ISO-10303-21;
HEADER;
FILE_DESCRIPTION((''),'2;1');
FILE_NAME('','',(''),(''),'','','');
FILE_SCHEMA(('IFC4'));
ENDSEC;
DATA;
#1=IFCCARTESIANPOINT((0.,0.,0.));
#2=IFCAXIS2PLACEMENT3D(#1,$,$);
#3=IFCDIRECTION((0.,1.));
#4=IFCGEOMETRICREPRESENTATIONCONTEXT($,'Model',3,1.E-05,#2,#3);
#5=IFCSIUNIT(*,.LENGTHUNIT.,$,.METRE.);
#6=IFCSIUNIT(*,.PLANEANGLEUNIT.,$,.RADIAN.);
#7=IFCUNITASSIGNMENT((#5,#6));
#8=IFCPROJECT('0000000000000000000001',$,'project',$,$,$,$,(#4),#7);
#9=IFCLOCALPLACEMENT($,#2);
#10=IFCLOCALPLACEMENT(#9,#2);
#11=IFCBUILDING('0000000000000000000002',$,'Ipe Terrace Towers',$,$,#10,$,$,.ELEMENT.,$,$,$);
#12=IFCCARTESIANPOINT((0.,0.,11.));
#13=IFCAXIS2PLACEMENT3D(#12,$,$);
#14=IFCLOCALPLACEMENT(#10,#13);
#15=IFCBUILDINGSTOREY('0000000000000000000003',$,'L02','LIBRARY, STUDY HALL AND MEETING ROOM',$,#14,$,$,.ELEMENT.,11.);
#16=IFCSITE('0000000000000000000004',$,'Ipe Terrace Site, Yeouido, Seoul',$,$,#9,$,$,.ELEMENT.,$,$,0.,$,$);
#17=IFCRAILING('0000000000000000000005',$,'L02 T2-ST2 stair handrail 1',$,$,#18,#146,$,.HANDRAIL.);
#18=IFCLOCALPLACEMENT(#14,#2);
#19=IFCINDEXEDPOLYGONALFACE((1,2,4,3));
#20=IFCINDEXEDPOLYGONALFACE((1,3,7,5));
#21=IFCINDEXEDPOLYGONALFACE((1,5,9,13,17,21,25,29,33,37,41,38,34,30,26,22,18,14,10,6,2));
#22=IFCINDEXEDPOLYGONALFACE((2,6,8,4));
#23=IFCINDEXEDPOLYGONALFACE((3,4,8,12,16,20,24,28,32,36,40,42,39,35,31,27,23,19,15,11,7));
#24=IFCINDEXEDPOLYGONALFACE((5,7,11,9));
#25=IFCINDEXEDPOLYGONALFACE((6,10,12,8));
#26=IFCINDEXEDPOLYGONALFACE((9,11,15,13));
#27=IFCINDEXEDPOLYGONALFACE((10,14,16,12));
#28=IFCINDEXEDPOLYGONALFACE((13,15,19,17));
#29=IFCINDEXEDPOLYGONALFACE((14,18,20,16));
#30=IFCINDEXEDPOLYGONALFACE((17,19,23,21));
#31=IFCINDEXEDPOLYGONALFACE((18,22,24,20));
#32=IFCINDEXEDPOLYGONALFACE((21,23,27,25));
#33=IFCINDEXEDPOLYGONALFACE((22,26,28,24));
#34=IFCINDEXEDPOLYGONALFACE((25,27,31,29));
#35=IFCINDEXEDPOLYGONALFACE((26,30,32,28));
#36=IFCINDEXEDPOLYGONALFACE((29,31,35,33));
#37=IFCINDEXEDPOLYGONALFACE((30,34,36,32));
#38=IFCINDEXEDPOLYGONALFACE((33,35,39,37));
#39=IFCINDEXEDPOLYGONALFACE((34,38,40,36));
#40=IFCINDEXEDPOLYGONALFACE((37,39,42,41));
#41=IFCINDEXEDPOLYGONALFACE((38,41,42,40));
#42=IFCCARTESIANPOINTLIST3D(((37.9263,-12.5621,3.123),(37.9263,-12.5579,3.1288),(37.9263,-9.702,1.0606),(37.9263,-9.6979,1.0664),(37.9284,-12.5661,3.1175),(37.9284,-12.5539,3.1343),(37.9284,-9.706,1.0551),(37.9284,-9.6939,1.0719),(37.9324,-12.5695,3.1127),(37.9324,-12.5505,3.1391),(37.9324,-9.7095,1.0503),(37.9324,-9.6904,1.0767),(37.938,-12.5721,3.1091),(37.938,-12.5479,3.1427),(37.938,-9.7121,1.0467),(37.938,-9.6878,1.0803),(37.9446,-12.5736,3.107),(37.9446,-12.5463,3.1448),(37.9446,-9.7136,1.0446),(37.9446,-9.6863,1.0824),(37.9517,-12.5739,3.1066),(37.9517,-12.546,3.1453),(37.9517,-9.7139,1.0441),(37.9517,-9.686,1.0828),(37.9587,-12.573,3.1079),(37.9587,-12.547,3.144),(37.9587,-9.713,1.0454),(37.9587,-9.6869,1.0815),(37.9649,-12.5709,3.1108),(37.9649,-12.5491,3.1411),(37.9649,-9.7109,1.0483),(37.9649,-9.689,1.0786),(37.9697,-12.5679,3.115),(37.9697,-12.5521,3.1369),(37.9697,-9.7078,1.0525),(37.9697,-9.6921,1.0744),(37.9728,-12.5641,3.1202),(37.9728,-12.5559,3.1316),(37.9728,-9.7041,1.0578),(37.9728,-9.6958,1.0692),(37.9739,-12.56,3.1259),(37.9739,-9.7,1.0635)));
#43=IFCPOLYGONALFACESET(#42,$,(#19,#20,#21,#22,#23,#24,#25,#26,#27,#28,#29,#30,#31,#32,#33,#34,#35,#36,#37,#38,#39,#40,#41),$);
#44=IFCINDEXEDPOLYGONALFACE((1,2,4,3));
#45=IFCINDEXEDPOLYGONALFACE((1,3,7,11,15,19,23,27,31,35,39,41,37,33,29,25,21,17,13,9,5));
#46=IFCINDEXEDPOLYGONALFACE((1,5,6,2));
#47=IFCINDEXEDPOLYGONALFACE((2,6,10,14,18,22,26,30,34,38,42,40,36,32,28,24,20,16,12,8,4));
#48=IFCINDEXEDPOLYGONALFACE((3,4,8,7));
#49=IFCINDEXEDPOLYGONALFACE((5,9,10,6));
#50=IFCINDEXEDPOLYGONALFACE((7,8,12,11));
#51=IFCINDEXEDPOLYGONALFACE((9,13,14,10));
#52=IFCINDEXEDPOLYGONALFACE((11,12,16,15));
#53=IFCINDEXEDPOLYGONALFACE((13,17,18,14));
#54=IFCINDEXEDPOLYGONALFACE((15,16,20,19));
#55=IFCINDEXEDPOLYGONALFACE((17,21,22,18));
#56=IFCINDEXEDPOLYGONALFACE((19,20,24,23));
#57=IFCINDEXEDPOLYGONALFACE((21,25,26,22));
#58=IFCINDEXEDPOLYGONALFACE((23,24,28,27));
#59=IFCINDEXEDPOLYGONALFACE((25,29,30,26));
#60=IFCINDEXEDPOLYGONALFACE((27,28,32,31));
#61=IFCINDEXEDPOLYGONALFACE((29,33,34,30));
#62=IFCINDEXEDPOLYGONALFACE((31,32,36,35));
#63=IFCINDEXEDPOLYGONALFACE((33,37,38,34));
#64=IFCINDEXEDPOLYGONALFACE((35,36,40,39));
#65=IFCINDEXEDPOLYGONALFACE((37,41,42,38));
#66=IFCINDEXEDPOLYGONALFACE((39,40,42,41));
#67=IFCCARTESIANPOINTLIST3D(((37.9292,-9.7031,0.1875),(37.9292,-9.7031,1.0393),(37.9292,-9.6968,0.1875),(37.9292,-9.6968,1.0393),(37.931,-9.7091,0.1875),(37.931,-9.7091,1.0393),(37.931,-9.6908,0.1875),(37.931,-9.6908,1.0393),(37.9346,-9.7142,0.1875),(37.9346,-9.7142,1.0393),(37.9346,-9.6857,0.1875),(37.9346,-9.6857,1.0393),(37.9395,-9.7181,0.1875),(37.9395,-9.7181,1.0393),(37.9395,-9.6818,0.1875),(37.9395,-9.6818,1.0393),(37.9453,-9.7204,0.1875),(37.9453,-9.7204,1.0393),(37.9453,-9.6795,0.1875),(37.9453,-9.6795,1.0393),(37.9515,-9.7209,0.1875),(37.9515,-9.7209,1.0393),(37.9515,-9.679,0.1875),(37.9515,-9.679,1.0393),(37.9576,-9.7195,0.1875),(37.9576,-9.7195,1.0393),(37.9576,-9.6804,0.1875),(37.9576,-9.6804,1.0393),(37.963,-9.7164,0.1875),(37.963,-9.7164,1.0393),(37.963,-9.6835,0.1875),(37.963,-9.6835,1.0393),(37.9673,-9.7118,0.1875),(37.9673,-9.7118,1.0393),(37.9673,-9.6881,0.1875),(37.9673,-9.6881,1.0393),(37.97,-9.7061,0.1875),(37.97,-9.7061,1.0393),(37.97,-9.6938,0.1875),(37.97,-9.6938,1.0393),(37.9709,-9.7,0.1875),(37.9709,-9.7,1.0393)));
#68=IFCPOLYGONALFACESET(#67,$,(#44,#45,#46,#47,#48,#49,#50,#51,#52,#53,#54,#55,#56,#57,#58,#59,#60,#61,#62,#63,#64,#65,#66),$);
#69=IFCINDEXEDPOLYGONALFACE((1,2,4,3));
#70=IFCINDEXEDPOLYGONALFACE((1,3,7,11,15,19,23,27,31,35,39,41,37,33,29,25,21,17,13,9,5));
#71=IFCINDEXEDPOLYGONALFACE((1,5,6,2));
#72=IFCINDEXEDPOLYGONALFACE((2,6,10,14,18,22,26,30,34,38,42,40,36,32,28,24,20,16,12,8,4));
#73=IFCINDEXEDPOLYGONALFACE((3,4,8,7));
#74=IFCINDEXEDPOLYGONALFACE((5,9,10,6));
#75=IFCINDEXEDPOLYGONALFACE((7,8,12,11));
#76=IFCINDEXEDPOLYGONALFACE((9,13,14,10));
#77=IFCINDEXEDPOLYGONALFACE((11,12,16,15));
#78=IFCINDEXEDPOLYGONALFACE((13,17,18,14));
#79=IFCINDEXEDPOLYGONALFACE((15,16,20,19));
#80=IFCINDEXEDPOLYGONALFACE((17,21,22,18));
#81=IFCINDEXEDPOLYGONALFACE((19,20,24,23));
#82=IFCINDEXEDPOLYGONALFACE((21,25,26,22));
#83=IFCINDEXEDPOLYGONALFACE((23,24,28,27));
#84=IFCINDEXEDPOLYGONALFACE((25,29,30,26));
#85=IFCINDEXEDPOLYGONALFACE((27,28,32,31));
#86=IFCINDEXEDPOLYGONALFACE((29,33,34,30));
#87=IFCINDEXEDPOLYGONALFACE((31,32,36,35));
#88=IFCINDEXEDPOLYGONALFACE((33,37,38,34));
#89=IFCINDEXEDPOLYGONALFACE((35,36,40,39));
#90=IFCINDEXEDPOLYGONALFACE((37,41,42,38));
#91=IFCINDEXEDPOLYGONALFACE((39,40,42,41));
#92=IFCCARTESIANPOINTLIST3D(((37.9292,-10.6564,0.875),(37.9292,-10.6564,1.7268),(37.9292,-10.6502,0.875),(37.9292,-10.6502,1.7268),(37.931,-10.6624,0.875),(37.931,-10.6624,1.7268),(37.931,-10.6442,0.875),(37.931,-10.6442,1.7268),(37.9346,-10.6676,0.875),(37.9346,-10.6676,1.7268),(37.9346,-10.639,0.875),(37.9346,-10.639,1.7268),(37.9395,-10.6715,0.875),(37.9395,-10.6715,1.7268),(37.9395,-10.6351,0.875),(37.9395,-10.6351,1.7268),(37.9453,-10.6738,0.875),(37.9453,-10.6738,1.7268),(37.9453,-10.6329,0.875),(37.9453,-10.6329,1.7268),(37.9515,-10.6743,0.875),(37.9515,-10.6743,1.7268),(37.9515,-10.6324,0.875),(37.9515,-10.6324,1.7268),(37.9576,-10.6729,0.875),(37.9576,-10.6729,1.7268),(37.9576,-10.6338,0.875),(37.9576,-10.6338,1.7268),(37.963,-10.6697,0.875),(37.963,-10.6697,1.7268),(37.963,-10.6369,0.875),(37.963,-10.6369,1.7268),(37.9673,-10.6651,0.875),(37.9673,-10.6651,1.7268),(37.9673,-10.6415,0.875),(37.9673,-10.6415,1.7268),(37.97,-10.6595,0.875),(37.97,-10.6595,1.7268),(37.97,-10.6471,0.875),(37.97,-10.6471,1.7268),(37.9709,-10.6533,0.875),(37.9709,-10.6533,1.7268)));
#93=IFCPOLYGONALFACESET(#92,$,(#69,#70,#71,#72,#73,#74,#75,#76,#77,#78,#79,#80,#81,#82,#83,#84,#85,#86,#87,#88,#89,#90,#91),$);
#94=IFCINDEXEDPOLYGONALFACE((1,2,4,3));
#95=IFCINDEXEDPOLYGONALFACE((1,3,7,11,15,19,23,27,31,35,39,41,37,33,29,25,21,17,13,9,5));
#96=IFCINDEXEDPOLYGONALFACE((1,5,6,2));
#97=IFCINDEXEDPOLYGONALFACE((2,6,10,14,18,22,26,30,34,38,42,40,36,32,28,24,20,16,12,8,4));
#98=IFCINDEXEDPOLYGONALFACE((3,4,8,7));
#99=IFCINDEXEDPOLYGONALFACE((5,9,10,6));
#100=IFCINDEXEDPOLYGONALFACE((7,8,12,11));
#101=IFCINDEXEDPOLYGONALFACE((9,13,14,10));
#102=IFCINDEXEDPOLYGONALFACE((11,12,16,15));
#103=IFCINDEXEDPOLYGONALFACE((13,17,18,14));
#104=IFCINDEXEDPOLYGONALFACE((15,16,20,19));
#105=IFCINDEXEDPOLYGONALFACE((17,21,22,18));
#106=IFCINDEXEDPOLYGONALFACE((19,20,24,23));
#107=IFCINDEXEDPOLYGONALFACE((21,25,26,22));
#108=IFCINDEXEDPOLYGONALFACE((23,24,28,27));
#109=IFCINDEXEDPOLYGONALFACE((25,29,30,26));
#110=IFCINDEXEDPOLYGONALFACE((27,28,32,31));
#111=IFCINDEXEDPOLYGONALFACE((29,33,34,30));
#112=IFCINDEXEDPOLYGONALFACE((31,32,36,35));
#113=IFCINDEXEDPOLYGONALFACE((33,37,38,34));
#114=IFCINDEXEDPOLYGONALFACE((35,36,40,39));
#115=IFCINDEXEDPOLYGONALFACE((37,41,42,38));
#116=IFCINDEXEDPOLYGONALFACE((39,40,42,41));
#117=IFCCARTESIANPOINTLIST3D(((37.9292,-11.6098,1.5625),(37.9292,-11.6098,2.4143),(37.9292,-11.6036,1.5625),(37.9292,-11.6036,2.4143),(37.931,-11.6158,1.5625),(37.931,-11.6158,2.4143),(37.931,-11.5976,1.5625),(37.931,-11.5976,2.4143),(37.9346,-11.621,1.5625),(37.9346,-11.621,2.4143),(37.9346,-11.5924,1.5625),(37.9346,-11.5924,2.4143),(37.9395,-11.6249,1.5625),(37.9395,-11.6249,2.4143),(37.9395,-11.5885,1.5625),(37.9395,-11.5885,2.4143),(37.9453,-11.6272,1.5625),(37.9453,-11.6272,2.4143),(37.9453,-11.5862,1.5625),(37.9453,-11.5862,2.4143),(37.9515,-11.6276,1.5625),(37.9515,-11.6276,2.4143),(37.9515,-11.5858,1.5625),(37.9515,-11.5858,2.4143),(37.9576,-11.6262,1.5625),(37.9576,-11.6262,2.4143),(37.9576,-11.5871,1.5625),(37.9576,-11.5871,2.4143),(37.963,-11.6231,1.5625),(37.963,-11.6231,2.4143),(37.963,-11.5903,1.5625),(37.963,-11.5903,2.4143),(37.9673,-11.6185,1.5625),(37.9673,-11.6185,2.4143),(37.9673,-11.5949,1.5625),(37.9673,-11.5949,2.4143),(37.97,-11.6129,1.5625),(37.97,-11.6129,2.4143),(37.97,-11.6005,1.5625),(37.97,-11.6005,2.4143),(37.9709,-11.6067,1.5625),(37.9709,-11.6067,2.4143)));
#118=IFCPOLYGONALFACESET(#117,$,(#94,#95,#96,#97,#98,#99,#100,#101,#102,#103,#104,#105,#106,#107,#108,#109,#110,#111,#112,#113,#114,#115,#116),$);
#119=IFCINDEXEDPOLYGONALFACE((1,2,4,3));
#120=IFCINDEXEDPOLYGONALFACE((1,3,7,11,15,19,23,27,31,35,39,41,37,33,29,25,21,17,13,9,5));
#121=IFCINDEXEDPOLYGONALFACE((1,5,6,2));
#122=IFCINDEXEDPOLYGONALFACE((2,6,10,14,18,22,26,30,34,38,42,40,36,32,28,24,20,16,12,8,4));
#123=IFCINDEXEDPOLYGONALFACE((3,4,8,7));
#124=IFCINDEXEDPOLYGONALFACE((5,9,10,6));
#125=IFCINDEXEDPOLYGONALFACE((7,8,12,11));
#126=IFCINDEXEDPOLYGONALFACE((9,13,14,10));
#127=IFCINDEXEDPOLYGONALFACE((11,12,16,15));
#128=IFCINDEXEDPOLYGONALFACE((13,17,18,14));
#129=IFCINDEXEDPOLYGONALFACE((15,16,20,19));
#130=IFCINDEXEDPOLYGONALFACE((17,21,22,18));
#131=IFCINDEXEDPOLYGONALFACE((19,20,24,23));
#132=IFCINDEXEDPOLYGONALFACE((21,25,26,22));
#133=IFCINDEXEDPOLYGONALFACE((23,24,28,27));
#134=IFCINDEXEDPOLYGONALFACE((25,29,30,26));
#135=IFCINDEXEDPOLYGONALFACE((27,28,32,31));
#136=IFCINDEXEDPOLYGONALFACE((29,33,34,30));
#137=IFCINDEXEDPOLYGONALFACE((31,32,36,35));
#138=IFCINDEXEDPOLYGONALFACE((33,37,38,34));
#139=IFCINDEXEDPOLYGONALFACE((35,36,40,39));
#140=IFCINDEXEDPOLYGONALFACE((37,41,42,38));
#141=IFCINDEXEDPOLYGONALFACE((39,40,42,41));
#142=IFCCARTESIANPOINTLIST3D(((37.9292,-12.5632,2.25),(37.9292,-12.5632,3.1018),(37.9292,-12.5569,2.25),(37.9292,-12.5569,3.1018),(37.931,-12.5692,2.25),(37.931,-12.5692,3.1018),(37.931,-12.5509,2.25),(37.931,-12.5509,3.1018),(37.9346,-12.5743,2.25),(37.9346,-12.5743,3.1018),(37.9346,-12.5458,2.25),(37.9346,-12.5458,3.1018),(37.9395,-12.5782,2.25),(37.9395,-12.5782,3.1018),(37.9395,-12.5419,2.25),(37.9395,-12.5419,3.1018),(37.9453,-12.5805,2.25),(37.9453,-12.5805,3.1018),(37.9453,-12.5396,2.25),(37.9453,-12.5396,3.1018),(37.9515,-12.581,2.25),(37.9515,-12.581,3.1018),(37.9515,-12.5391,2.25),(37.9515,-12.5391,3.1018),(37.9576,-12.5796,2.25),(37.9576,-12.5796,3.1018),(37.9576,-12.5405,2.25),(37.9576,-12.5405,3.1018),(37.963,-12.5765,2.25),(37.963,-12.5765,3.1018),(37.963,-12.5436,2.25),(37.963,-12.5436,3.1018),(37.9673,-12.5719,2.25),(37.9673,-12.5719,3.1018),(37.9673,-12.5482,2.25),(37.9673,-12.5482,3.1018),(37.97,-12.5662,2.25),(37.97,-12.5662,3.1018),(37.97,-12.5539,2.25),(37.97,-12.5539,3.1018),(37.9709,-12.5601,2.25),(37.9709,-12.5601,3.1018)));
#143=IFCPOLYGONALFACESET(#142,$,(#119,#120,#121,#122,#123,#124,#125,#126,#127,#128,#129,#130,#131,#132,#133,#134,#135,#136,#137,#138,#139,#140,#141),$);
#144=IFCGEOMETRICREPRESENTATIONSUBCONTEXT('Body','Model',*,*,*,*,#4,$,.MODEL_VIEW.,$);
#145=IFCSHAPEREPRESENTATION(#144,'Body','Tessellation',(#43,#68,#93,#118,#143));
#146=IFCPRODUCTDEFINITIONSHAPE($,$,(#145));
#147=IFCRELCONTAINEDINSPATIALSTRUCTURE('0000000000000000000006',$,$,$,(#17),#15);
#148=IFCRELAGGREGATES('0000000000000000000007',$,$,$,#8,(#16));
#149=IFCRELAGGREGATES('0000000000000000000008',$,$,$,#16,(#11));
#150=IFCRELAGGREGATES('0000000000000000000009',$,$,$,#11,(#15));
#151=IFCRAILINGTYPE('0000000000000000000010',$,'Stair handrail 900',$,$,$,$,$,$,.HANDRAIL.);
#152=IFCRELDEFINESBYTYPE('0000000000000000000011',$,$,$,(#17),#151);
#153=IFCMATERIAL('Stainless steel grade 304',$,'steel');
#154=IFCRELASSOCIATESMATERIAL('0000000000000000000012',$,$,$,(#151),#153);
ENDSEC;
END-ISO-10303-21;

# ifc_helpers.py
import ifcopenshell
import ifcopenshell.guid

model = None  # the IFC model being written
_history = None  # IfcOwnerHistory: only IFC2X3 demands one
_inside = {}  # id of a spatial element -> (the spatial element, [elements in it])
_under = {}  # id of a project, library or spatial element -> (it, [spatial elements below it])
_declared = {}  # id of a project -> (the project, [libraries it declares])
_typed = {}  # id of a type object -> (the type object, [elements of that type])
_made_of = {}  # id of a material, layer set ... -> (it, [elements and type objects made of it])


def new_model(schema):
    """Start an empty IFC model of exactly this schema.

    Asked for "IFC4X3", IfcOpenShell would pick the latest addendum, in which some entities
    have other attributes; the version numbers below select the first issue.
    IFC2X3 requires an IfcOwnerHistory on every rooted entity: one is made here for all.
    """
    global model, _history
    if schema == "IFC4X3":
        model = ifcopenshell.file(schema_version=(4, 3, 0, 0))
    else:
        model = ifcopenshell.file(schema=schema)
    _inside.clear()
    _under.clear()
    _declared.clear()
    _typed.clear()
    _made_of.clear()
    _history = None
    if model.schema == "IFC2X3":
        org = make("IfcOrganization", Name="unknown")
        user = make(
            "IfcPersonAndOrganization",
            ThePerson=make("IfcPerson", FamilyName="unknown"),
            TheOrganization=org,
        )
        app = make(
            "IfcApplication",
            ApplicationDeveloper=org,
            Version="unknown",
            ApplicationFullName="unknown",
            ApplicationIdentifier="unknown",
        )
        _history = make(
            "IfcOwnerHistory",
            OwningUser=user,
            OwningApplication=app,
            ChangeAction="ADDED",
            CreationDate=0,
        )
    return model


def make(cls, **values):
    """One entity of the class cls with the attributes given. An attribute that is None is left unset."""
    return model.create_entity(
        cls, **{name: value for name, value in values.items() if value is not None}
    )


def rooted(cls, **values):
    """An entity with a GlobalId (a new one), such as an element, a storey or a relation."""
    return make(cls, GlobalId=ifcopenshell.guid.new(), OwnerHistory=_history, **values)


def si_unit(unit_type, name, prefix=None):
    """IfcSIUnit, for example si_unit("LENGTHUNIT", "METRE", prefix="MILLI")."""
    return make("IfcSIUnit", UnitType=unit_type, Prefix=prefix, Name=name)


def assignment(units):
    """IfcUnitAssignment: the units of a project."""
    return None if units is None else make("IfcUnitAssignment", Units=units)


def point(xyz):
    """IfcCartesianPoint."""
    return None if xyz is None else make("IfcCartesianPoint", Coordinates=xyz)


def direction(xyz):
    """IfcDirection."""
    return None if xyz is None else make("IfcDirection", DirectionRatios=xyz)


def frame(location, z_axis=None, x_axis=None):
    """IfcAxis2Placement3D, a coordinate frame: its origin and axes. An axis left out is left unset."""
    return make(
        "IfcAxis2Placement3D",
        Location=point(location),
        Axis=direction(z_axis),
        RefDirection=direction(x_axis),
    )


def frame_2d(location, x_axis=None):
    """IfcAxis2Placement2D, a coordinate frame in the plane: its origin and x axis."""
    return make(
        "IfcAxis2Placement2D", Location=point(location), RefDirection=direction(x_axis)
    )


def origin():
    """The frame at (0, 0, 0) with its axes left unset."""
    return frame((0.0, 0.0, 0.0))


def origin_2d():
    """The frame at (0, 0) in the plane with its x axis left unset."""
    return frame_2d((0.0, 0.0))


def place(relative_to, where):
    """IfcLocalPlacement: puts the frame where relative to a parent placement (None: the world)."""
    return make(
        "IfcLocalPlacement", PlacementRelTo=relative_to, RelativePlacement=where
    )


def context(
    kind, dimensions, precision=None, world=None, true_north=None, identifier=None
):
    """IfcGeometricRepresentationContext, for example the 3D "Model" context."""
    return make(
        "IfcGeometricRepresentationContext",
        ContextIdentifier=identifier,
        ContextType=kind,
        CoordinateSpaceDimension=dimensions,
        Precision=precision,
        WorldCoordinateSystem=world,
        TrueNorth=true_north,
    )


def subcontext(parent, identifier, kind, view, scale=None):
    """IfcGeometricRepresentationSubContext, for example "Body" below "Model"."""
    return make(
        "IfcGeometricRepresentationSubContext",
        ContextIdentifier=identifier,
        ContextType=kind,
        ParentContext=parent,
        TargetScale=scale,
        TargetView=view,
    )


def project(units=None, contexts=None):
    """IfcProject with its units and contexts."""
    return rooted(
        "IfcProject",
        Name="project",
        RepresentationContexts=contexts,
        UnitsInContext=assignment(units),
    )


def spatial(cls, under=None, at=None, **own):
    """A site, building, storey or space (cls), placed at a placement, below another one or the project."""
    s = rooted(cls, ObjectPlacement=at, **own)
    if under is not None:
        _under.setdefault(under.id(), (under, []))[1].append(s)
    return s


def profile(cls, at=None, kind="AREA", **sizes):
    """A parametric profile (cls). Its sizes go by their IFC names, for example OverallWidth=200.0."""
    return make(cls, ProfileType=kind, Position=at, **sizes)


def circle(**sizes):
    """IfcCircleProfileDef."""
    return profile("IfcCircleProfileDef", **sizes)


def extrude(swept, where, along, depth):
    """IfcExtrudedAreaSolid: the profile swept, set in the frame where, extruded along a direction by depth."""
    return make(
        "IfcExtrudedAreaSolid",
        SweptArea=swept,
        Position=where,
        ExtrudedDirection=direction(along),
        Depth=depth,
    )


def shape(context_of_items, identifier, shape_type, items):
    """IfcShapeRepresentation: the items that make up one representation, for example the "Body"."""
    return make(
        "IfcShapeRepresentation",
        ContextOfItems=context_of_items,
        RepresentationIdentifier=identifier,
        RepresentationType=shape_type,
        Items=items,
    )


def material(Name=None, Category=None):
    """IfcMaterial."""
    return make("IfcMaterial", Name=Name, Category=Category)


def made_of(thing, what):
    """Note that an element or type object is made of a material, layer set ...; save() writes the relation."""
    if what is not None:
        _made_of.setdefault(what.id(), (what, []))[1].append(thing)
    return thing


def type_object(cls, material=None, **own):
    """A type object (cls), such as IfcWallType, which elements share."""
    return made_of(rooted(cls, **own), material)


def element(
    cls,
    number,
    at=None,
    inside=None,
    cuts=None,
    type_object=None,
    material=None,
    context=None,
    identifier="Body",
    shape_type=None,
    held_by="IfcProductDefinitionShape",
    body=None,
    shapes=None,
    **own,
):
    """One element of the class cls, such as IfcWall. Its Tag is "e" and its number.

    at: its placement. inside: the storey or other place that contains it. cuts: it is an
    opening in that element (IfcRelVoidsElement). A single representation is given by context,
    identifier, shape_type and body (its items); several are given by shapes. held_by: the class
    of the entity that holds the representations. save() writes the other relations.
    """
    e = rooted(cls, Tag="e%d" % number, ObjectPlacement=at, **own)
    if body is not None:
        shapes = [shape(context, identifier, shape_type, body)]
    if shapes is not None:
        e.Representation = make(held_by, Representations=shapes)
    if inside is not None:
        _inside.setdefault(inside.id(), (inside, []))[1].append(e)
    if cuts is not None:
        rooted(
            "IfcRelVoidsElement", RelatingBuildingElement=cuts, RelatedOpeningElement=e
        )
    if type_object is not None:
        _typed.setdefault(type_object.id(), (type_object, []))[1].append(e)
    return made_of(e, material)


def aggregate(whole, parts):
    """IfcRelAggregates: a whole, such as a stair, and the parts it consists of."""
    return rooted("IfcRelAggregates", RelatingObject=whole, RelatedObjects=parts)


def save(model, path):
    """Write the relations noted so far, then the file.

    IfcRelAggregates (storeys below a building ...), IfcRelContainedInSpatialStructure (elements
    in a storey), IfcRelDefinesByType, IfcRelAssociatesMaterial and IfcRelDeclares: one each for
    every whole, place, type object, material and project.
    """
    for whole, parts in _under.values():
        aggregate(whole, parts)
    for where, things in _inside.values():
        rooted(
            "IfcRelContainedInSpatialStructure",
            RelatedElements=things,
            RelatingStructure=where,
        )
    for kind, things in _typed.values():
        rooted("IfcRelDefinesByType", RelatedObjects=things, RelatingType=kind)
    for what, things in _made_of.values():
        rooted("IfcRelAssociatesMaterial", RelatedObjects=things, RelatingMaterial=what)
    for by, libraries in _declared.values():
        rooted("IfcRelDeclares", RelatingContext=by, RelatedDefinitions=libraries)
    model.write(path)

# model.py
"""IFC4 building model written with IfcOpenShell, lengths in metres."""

from ifc_helpers import new_model, si_unit, direction, frame, origin, origin_2d, place, context, subcontext, project, spatial, circle, extrude, material, type_object, element, save


model = new_model("IFC4")

# Units and contexts
model_context = context("Model", 3, precision=1e-05, world=origin(), true_north=direction((0.0, 1.0)))
body_context = subcontext(model_context, "Body", "Model", "MODEL_VIEW")
ifc_project = project(units=[si_unit("LENGTHUNIT", "METRE"), si_unit("PLANEANGLEUNIT", "RADIAN")], contexts=[model_context])

# Site, building, storey
site_placement = place(None, origin())
site = spatial("IfcSite", under=ifc_project, at=site_placement, Name="Ipe Terrace Site, Yeouido, Seoul", CompositionType="ELEMENT", RefElevation=0.0)
building_placement = place(site_placement, origin())
building = spatial("IfcBuilding", under=site, at=building_placement, Name="Ipe Terrace Towers", CompositionType="ELEMENT")
storey_placement = place(building_placement, frame((0.0, 0.0, 11.0)))
storey = spatial("IfcBuildingStorey", under=building, at=storey_placement, Name="L02", Description="LIBRARY, STUDY HALL AND MEETING ROOM", CompositionType="ELEMENT", Elevation=11.0)

# Railing
ifc_material_1 = material(Name="Stainless steel grade 304", Category="steel")
railing_type_1 = type_object("IfcRailingType", Name="Stair handrail 900", PredefinedType="HANDRAIL", material=ifc_material_1)
railing_1_placement = place(storey_placement, frame((37.95, -9.7, 0.1875)))
element("IfcRailing", 1, at=railing_1_placement, inside=storey, type_object=railing_type_1, Name="L02 T2-ST2 stair handrail 1", PredefinedType="HANDRAIL", context=body_context, shape_type="SweptSolid", body=[
    extrude(circle(Radius=0.0239, at=origin_2d()), frame((0.0, 0.0, 0.876), z_axis=(0.0, -0.811101, 0.584906), x_axis=(1.0, 0.0, 0.0)), (0.0, 0.0, 1.0), 3.5261),
    extrude(circle(Radius=0.021, at=origin_2d()), origin(), (0.0, 0.0, 1.0), 0.8518),
    extrude(circle(Radius=0.021, at=origin_2d()), frame((0.0, -0.9534, 0.6875)), (0.0, 0.0, 1.0), 0.8518),
    extrude(circle(Radius=0.021, at=origin_2d()), frame((0.0, -1.9067, 1.375)), (0.0, 0.0, 1.0), 0.8518),
    extrude(circle(Radius=0.021, at=origin_2d()), frame((0.0, -2.8601, 2.0625)), (0.0, 0.0, 1.0), 0.8518),
])

save(model, "model.ifc")
